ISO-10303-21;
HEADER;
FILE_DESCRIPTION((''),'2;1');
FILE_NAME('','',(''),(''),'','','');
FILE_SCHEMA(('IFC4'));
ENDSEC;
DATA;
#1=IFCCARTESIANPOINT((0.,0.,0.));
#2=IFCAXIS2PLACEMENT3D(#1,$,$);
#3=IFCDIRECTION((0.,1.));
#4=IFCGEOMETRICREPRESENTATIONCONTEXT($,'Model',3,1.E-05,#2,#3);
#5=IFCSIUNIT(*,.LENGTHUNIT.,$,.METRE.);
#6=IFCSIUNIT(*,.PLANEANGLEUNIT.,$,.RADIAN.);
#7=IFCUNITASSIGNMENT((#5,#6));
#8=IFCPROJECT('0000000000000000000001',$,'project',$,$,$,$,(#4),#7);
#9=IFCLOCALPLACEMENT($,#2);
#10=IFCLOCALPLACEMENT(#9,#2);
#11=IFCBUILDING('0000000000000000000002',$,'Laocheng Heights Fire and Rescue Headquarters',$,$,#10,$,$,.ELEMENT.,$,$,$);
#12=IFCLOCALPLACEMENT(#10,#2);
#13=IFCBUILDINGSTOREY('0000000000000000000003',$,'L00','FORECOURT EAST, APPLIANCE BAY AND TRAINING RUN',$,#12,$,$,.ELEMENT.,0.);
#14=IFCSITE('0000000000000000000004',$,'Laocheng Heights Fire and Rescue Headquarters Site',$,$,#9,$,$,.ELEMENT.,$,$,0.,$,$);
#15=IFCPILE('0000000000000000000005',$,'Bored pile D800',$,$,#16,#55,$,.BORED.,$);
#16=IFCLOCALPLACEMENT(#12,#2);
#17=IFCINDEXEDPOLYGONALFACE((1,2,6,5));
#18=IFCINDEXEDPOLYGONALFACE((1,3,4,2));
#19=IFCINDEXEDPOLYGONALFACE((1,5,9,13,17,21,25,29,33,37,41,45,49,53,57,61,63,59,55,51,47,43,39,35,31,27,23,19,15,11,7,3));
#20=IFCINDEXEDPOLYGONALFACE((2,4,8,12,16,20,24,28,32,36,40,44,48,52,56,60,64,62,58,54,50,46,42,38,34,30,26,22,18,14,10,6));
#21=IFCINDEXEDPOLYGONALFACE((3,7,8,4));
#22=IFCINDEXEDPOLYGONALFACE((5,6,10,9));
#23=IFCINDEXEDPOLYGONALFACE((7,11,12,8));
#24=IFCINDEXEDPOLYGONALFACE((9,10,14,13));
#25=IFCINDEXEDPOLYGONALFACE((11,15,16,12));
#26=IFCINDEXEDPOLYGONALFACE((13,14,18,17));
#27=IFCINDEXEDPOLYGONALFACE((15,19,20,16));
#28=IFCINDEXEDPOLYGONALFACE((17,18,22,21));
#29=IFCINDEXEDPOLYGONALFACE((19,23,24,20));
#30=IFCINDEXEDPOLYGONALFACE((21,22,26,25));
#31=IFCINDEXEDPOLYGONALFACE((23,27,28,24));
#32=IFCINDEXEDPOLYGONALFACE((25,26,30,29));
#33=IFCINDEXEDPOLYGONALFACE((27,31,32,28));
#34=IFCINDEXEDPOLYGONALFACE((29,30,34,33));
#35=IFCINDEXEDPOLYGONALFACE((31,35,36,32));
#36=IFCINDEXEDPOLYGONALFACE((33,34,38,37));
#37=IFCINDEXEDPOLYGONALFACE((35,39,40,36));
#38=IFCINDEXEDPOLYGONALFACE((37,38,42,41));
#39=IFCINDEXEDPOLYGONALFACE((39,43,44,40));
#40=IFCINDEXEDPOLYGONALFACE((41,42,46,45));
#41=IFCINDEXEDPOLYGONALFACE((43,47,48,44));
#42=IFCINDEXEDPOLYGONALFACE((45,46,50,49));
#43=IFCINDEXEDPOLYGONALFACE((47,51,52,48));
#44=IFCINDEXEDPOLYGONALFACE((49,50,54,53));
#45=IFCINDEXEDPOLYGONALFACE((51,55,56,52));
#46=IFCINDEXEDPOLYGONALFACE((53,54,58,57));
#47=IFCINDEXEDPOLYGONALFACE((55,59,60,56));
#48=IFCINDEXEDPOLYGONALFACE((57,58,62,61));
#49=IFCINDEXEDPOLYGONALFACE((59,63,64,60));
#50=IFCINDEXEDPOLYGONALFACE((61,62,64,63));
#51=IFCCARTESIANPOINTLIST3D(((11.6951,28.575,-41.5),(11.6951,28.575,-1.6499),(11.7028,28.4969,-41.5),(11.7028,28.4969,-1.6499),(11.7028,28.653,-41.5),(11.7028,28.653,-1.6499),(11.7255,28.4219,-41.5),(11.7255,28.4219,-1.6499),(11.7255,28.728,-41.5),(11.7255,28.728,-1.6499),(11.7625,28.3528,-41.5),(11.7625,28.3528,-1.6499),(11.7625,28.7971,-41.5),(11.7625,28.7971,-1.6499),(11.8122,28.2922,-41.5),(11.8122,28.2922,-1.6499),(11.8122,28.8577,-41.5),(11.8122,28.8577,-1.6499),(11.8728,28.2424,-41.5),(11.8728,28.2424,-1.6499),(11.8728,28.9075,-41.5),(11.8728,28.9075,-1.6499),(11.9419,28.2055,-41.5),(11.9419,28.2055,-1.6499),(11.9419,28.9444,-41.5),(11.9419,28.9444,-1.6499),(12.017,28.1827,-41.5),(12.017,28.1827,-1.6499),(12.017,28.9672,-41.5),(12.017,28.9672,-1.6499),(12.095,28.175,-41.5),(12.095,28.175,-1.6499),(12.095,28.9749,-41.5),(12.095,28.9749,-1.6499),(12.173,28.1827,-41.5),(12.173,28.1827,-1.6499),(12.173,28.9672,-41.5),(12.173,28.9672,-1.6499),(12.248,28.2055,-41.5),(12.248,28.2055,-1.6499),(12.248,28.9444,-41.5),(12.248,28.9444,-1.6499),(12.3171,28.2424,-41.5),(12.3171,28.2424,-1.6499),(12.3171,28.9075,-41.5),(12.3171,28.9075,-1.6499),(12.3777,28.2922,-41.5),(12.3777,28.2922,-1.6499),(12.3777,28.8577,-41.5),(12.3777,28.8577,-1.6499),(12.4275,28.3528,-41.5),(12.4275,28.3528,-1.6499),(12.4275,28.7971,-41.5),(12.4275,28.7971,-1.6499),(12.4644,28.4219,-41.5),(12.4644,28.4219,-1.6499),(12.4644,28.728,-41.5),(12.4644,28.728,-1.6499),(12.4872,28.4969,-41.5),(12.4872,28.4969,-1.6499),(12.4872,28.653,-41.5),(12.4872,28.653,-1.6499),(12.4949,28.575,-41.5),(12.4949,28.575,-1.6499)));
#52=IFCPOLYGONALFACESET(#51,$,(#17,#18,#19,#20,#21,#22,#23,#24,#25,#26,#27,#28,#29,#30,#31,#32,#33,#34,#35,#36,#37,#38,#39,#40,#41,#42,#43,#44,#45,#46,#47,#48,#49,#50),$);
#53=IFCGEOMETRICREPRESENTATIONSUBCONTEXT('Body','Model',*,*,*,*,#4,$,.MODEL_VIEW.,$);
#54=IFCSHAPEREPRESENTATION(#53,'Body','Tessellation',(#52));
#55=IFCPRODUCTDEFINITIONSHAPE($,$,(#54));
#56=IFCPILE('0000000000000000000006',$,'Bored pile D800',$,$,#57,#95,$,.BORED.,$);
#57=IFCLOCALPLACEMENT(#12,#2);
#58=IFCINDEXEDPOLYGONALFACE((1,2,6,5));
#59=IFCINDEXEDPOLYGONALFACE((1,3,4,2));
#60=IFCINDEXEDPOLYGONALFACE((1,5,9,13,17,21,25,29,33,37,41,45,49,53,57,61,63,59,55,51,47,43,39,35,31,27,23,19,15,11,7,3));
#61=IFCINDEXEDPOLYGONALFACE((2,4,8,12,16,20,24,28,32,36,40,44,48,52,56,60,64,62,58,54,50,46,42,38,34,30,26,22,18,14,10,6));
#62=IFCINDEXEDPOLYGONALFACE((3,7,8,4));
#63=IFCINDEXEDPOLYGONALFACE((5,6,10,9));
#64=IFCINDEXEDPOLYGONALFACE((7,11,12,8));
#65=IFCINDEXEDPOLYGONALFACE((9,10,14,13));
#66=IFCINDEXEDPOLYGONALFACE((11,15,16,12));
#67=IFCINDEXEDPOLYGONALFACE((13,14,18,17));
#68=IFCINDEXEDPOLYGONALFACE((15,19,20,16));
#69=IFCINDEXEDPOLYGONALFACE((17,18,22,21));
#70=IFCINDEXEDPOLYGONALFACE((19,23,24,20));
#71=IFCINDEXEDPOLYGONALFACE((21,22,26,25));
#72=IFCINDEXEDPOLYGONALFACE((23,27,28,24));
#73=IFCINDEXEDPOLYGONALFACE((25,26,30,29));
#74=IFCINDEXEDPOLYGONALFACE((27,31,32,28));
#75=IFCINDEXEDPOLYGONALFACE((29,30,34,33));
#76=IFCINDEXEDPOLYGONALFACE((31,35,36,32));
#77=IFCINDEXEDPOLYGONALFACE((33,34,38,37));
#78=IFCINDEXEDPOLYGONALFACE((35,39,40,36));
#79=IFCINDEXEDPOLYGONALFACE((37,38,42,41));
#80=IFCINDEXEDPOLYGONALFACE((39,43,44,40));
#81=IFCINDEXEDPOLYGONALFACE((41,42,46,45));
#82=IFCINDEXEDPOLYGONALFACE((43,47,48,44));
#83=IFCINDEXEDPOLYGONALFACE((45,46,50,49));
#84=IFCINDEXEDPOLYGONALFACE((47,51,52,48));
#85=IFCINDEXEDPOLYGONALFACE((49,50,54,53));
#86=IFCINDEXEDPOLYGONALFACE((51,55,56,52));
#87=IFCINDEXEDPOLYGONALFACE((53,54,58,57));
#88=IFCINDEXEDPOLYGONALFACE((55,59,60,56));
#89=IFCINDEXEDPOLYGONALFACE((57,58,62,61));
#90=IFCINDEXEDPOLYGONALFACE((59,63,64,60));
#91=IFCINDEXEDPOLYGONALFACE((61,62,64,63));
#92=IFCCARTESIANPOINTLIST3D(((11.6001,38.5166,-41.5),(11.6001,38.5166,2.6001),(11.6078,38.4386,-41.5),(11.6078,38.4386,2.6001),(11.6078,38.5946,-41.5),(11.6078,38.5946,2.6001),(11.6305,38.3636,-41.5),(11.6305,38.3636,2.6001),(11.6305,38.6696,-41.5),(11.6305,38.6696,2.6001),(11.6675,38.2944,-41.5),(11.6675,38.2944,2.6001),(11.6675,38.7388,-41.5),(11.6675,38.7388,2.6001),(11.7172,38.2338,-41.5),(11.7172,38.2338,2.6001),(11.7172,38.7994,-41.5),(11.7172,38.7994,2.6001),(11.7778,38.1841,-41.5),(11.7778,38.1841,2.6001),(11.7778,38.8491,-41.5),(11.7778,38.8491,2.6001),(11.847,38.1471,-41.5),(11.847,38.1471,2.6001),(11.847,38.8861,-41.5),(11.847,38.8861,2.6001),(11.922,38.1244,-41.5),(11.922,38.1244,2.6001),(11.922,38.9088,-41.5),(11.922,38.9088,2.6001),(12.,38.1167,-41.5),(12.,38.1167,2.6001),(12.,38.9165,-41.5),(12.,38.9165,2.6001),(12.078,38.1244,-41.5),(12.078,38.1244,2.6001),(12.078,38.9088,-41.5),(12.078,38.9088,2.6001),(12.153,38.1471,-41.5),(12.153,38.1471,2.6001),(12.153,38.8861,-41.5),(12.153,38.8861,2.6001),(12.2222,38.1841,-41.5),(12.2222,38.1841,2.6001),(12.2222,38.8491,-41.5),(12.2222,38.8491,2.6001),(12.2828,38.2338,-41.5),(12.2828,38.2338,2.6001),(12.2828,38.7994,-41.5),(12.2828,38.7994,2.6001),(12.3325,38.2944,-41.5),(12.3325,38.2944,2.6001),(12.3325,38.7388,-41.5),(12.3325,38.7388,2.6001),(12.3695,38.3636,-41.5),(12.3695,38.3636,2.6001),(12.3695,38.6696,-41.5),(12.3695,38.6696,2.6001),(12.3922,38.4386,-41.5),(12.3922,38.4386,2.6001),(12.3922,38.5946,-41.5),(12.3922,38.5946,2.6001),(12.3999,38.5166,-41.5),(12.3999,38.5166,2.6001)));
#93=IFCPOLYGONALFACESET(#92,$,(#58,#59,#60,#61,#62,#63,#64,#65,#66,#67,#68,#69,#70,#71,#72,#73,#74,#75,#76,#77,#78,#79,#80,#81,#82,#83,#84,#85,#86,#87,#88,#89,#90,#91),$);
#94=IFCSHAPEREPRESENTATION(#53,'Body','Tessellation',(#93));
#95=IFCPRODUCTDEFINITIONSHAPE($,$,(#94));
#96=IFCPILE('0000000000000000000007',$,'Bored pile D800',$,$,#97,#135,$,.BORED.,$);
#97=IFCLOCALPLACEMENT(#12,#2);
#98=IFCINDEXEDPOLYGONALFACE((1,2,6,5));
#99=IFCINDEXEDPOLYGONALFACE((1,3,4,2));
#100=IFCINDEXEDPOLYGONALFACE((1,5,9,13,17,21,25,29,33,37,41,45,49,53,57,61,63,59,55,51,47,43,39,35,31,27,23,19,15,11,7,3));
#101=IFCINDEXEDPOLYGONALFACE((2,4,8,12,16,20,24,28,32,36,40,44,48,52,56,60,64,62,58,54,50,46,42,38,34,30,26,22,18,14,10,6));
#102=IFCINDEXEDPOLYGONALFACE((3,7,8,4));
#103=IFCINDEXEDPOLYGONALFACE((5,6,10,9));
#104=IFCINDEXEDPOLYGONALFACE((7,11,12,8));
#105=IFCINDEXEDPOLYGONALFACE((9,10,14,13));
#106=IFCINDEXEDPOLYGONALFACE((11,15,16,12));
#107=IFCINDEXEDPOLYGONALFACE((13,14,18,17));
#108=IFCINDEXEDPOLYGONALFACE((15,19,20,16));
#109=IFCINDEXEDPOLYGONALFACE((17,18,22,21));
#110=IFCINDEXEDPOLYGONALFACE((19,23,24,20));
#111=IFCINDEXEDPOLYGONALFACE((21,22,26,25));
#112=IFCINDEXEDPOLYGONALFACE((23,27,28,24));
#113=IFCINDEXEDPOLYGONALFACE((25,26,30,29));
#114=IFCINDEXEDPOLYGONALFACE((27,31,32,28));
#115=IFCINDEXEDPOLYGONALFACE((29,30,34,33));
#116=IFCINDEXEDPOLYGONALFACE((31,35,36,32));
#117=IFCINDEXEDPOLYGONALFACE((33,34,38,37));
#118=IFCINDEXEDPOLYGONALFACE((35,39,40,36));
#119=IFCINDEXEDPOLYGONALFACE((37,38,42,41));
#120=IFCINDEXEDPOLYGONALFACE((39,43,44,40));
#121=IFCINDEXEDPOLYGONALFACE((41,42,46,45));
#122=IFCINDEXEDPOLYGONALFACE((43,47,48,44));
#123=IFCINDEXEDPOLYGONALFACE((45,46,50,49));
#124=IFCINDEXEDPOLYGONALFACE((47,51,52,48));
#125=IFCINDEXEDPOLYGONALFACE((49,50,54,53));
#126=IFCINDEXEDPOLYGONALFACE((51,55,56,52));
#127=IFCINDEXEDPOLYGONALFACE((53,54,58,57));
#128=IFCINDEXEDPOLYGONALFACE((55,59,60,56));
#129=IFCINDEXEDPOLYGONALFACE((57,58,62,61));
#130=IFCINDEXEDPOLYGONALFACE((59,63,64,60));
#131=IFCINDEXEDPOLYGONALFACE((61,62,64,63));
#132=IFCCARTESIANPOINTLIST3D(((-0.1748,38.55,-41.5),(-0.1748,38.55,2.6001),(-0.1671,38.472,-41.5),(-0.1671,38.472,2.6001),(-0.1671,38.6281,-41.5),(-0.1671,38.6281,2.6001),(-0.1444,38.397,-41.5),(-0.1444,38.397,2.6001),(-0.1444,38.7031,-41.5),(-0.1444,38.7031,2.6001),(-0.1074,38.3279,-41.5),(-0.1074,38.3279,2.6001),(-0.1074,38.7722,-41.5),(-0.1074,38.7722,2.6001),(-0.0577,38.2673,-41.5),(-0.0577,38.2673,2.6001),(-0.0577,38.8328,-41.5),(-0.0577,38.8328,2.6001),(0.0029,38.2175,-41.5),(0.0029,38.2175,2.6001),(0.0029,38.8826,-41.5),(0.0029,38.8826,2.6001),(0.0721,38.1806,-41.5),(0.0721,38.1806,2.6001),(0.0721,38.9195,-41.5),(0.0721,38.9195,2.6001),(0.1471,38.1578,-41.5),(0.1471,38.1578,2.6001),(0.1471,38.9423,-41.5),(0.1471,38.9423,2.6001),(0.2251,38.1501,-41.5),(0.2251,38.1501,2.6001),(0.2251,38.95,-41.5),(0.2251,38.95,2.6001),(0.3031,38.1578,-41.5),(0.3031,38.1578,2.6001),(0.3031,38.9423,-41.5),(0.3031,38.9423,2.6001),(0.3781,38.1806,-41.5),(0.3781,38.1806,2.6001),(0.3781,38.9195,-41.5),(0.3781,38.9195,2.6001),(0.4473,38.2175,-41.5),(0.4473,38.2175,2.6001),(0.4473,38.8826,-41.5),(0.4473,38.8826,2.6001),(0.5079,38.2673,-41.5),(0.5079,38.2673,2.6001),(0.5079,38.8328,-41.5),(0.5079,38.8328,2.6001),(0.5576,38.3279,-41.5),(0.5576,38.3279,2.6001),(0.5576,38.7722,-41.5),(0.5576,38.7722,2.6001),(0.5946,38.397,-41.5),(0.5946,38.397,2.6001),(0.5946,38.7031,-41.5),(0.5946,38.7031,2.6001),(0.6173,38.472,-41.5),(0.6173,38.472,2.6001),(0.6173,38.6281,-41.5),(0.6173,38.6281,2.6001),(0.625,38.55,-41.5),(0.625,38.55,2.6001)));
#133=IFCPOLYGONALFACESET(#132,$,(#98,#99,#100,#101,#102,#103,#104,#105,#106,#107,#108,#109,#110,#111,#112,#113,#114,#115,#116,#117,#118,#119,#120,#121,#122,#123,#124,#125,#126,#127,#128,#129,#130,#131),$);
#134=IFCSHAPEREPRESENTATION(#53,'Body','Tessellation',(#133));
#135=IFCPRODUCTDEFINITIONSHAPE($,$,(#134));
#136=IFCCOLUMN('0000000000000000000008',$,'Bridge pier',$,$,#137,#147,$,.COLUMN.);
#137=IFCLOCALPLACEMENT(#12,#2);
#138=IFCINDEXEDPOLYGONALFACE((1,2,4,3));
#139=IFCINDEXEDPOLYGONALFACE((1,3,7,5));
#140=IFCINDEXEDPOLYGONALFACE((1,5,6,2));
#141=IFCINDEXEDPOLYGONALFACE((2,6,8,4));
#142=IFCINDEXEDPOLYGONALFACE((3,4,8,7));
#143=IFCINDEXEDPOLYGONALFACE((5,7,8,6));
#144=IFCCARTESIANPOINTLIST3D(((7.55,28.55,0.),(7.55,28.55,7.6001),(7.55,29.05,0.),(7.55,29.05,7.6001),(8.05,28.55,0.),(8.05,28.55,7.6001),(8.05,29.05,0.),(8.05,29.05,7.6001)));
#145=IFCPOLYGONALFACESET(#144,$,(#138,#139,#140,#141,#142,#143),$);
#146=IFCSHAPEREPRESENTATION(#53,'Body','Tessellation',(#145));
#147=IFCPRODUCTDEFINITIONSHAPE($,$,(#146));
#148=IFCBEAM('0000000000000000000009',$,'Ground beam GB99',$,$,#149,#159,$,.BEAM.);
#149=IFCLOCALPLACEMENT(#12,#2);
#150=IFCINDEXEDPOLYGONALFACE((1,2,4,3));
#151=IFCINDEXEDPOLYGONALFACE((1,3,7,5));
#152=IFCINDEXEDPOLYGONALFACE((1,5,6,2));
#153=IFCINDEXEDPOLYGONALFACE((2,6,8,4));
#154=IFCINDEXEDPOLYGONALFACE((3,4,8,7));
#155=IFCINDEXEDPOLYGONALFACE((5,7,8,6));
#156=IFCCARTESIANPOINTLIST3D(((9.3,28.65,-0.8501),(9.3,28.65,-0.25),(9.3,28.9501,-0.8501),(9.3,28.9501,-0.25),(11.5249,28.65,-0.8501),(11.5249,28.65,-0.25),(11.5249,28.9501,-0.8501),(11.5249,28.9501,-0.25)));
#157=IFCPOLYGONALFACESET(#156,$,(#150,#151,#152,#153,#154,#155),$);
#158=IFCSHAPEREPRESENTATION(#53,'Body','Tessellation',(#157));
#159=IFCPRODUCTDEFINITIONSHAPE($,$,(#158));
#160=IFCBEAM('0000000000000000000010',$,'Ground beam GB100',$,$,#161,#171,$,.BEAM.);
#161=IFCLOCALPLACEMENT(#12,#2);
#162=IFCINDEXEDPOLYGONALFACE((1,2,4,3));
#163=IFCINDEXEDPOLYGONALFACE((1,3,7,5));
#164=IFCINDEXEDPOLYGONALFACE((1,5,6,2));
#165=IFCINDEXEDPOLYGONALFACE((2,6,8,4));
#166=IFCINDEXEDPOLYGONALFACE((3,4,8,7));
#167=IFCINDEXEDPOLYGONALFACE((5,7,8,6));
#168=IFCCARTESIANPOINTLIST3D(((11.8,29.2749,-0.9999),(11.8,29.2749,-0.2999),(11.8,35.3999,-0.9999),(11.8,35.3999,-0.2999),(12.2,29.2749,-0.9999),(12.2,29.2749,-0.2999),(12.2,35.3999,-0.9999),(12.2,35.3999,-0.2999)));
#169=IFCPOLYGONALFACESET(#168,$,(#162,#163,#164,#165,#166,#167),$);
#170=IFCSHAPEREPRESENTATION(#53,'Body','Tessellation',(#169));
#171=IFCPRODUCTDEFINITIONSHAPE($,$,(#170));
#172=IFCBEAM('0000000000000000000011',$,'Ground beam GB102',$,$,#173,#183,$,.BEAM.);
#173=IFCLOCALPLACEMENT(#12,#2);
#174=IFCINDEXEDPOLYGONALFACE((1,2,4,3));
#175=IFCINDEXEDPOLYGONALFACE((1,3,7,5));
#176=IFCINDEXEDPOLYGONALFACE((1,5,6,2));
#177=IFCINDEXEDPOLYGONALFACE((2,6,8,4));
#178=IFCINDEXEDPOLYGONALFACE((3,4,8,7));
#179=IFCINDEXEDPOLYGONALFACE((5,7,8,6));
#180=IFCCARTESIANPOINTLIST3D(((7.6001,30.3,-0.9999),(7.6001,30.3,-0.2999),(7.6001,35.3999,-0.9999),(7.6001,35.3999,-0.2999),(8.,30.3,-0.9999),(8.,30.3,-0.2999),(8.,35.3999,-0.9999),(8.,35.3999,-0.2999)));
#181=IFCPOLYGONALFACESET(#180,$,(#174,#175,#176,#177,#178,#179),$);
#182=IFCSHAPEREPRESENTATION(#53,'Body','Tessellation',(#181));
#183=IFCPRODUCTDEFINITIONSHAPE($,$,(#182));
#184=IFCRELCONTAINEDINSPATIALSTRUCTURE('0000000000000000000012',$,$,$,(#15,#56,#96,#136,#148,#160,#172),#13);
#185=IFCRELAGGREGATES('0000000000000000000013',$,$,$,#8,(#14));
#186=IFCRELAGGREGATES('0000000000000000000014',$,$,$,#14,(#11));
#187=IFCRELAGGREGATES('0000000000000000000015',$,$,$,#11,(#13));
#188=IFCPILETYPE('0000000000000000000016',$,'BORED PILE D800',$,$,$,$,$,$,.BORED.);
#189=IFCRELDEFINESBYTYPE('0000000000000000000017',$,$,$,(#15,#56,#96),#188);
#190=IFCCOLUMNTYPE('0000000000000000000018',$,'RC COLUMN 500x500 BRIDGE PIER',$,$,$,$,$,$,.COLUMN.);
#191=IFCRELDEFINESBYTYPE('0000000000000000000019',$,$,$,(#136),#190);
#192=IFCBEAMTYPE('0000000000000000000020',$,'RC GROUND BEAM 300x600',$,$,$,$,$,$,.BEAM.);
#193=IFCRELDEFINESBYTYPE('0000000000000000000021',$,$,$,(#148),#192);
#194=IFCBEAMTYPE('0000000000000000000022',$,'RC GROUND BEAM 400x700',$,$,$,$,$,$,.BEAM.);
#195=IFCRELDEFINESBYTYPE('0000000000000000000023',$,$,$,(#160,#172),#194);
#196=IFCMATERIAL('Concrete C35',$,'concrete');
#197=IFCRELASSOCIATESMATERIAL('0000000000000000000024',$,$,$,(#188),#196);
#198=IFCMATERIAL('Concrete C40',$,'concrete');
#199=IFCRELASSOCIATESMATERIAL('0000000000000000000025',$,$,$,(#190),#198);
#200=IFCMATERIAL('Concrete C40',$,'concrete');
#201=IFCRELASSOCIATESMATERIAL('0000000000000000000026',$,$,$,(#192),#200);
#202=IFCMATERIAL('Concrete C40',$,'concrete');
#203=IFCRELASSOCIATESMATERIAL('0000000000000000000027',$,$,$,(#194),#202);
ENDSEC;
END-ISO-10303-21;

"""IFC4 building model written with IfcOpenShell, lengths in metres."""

from ifc_helpers import new_model, si_unit, direction, frame, origin, origin_2d, place, context, subcontext, project, spatial, rectangle, circle, extrude, material, material_profile, profile_set, type_object, element, save


model = new_model("IFC4")

# Units and contexts
model_context = context("Model", 3, precision=1e-05, world=origin(), true_north=direction((0.0, 1.0)))
body_context = subcontext(model_context, "Body", "Model", "MODEL_VIEW")
ifc_project = project(units=[si_unit("LENGTHUNIT", "METRE"), si_unit("PLANEANGLEUNIT", "RADIAN")], contexts=[model_context])

# Site, building, storey
site_placement = place(None, origin())
site = spatial("IfcSite", under=ifc_project, at=site_placement, Name="Laocheng Heights Fire and Rescue Headquarters Site", CompositionType="ELEMENT", RefElevation=0.0)
building_placement = place(site_placement, origin())
building = spatial("IfcBuilding", under=site, at=building_placement, Name="Laocheng Heights Fire and Rescue Headquarters", CompositionType="ELEMENT")
storey_placement = place(building_placement, origin())
storey = spatial("IfcBuildingStorey", under=building, at=storey_placement, Name="L00", Description="FORECOURT EAST, APPLIANCE BAY AND TRAINING RUN", CompositionType="ELEMENT", Elevation=0.0)

# Piles
ifc_material_1 = material(Name="Concrete C35", Category="concrete")
ifc_material_profile_1 = material_profile(ifc_material_1, circle(Radius=0.3999, at=origin_2d()), Name="BORED PILE D800")
ifc_profile_set_1 = profile_set([ifc_material_profile_1], Name="Concrete C35")
pile_type_1 = type_object("IfcPileType", Name="BORED PILE D800", PredefinedType="BORED", material=ifc_profile_set_1)
pile_placement = place(storey_placement, frame((12.095, 28.575, -1.6499), z_axis=(0.0, 0.0, -1.0), x_axis=(1.0, 0.0, 0.0)))
element("IfcPile", 1, at=pile_placement, inside=storey, type_object=pile_type_1, Name="Bored pile D800", PredefinedType="BORED", context=body_context, shape_type="SweptSolid", body=[
    extrude(circle(Radius=0.3999, at=origin_2d()), origin(), (0.0, 0.0, 1.0), 39.8501),
])
for number, where, z_axis, x_axis, name in (
    (2, (12.0, 38.5166, 2.6001), (0.0, 0.0, -1.0), (1.0, 0.0, 0.0), "Bored pile D800"),
    (3, (0.2251, 38.55, 2.6001), (0.0, 0.0, -1.0), (1.0, 0.0, 0.0), "Bored pile D800"),
):
    element("IfcPile", number, at=place(storey_placement, frame(where, z_axis=z_axis, x_axis=x_axis)), inside=storey, type_object=pile_type_1, Name=name, PredefinedType="BORED", context=body_context, shape_type="SweptSolid", body=[
        extrude(circle(Radius=0.3999, at=origin_2d()), origin(), (0.0, 0.0, 1.0), 44.1001),
    ])

# Column
ifc_material_2 = material(Name="Concrete C40", Category="concrete")
ifc_material_profile_2 = material_profile(ifc_material_2, rectangle(XDim=0.5, YDim=0.5, at=origin_2d()), Name="RC COLUMN 500x500 BRIDGE PIER")
ifc_profile_set_2 = profile_set([ifc_material_profile_2], Name="Concrete C40")
column_type = type_object("IfcColumnType", Name="RC COLUMN 500x500 BRIDGE PIER", PredefinedType="COLUMN", material=ifc_profile_set_2)
column_placement = place(storey_placement, frame((7.8, 28.8, 0.0), z_axis=(0.0, 0.0, 1.0), x_axis=(1.0, 0.0, 0.0)))
element("IfcColumn", 4, at=column_placement, inside=storey, type_object=column_type, Name="Bridge pier", PredefinedType="COLUMN", context=body_context, shape_type="SweptSolid", body=[
    extrude(rectangle(XDim=0.5, YDim=0.5, at=origin_2d()), origin(), (0.0, 0.0, 1.0), 7.6001),
])

# Beams
ifc_material_3 = material(Name="Concrete C40", Category="concrete")
ifc_material_profile_3 = material_profile(ifc_material_3, rectangle(XDim=0.3, YDim=0.6001, at=origin_2d()), Name="RC GROUND BEAM 300x600")
ifc_profile_set_3 = profile_set([ifc_material_profile_3], Name="Concrete C40")
beam_type_1 = type_object("IfcBeamType", Name="RC GROUND BEAM 300x600", PredefinedType="BEAM", material=ifc_profile_set_3)
beam_1_placement = place(storey_placement, frame((9.3, 28.8, -0.55), z_axis=(1.0, 0.0, 0.0), x_axis=(0.0, 1.0, 0.0)))
element("IfcBeam", 5, at=beam_1_placement, inside=storey, type_object=beam_type_1, Name="Ground beam GB99", PredefinedType="BEAM", context=body_context, shape_type="SweptSolid", body=[
    extrude(rectangle(XDim=0.3, YDim=0.6001, at=origin_2d()), origin(), (0.0, 0.0, 1.0), 2.2249),
])
ifc_material_4 = material(Name="Concrete C40", Category="concrete")
ifc_material_profile_4 = material_profile(ifc_material_4, rectangle(XDim=0.3999, YDim=0.7, at=origin_2d()), Name="RC GROUND BEAM 400x700")
ifc_profile_set_4 = profile_set([ifc_material_profile_4], Name="Concrete C40")
beam_type_2 = type_object("IfcBeamType", Name="RC GROUND BEAM 400x700", PredefinedType="BEAM", material=ifc_profile_set_4)
beam_2_placement = place(storey_placement, frame((12.0, 29.2749, -0.6499), z_axis=(0.0, 1.0, 0.0), x_axis=(-1.0, 0.0, 0.0)))
element("IfcBeam", 6, at=beam_2_placement, inside=storey, type_object=beam_type_2, Name="Ground beam GB100", PredefinedType="BEAM", context=body_context, shape_type="SweptSolid", body=[
    extrude(rectangle(XDim=0.3999, YDim=0.7, at=origin_2d()), origin(), (0.0, 0.0, 1.0), 6.125),
])
beam_3_placement = place(storey_placement, frame((7.8, 30.3, -0.6499), z_axis=(0.0, 1.0, 0.0), x_axis=(-1.0, 0.0, 0.0)))
element("IfcBeam", 7, at=beam_3_placement, inside=storey, type_object=beam_type_2, Name="Ground beam GB102", PredefinedType="BEAM", context=body_context, shape_type="SweptSolid", body=[
    extrude(rectangle(XDim=0.3999, YDim=0.7, at=origin_2d()), origin(), (0.0, 0.0, 1.0), 5.0999),
])

save(model, "model.ifc")
